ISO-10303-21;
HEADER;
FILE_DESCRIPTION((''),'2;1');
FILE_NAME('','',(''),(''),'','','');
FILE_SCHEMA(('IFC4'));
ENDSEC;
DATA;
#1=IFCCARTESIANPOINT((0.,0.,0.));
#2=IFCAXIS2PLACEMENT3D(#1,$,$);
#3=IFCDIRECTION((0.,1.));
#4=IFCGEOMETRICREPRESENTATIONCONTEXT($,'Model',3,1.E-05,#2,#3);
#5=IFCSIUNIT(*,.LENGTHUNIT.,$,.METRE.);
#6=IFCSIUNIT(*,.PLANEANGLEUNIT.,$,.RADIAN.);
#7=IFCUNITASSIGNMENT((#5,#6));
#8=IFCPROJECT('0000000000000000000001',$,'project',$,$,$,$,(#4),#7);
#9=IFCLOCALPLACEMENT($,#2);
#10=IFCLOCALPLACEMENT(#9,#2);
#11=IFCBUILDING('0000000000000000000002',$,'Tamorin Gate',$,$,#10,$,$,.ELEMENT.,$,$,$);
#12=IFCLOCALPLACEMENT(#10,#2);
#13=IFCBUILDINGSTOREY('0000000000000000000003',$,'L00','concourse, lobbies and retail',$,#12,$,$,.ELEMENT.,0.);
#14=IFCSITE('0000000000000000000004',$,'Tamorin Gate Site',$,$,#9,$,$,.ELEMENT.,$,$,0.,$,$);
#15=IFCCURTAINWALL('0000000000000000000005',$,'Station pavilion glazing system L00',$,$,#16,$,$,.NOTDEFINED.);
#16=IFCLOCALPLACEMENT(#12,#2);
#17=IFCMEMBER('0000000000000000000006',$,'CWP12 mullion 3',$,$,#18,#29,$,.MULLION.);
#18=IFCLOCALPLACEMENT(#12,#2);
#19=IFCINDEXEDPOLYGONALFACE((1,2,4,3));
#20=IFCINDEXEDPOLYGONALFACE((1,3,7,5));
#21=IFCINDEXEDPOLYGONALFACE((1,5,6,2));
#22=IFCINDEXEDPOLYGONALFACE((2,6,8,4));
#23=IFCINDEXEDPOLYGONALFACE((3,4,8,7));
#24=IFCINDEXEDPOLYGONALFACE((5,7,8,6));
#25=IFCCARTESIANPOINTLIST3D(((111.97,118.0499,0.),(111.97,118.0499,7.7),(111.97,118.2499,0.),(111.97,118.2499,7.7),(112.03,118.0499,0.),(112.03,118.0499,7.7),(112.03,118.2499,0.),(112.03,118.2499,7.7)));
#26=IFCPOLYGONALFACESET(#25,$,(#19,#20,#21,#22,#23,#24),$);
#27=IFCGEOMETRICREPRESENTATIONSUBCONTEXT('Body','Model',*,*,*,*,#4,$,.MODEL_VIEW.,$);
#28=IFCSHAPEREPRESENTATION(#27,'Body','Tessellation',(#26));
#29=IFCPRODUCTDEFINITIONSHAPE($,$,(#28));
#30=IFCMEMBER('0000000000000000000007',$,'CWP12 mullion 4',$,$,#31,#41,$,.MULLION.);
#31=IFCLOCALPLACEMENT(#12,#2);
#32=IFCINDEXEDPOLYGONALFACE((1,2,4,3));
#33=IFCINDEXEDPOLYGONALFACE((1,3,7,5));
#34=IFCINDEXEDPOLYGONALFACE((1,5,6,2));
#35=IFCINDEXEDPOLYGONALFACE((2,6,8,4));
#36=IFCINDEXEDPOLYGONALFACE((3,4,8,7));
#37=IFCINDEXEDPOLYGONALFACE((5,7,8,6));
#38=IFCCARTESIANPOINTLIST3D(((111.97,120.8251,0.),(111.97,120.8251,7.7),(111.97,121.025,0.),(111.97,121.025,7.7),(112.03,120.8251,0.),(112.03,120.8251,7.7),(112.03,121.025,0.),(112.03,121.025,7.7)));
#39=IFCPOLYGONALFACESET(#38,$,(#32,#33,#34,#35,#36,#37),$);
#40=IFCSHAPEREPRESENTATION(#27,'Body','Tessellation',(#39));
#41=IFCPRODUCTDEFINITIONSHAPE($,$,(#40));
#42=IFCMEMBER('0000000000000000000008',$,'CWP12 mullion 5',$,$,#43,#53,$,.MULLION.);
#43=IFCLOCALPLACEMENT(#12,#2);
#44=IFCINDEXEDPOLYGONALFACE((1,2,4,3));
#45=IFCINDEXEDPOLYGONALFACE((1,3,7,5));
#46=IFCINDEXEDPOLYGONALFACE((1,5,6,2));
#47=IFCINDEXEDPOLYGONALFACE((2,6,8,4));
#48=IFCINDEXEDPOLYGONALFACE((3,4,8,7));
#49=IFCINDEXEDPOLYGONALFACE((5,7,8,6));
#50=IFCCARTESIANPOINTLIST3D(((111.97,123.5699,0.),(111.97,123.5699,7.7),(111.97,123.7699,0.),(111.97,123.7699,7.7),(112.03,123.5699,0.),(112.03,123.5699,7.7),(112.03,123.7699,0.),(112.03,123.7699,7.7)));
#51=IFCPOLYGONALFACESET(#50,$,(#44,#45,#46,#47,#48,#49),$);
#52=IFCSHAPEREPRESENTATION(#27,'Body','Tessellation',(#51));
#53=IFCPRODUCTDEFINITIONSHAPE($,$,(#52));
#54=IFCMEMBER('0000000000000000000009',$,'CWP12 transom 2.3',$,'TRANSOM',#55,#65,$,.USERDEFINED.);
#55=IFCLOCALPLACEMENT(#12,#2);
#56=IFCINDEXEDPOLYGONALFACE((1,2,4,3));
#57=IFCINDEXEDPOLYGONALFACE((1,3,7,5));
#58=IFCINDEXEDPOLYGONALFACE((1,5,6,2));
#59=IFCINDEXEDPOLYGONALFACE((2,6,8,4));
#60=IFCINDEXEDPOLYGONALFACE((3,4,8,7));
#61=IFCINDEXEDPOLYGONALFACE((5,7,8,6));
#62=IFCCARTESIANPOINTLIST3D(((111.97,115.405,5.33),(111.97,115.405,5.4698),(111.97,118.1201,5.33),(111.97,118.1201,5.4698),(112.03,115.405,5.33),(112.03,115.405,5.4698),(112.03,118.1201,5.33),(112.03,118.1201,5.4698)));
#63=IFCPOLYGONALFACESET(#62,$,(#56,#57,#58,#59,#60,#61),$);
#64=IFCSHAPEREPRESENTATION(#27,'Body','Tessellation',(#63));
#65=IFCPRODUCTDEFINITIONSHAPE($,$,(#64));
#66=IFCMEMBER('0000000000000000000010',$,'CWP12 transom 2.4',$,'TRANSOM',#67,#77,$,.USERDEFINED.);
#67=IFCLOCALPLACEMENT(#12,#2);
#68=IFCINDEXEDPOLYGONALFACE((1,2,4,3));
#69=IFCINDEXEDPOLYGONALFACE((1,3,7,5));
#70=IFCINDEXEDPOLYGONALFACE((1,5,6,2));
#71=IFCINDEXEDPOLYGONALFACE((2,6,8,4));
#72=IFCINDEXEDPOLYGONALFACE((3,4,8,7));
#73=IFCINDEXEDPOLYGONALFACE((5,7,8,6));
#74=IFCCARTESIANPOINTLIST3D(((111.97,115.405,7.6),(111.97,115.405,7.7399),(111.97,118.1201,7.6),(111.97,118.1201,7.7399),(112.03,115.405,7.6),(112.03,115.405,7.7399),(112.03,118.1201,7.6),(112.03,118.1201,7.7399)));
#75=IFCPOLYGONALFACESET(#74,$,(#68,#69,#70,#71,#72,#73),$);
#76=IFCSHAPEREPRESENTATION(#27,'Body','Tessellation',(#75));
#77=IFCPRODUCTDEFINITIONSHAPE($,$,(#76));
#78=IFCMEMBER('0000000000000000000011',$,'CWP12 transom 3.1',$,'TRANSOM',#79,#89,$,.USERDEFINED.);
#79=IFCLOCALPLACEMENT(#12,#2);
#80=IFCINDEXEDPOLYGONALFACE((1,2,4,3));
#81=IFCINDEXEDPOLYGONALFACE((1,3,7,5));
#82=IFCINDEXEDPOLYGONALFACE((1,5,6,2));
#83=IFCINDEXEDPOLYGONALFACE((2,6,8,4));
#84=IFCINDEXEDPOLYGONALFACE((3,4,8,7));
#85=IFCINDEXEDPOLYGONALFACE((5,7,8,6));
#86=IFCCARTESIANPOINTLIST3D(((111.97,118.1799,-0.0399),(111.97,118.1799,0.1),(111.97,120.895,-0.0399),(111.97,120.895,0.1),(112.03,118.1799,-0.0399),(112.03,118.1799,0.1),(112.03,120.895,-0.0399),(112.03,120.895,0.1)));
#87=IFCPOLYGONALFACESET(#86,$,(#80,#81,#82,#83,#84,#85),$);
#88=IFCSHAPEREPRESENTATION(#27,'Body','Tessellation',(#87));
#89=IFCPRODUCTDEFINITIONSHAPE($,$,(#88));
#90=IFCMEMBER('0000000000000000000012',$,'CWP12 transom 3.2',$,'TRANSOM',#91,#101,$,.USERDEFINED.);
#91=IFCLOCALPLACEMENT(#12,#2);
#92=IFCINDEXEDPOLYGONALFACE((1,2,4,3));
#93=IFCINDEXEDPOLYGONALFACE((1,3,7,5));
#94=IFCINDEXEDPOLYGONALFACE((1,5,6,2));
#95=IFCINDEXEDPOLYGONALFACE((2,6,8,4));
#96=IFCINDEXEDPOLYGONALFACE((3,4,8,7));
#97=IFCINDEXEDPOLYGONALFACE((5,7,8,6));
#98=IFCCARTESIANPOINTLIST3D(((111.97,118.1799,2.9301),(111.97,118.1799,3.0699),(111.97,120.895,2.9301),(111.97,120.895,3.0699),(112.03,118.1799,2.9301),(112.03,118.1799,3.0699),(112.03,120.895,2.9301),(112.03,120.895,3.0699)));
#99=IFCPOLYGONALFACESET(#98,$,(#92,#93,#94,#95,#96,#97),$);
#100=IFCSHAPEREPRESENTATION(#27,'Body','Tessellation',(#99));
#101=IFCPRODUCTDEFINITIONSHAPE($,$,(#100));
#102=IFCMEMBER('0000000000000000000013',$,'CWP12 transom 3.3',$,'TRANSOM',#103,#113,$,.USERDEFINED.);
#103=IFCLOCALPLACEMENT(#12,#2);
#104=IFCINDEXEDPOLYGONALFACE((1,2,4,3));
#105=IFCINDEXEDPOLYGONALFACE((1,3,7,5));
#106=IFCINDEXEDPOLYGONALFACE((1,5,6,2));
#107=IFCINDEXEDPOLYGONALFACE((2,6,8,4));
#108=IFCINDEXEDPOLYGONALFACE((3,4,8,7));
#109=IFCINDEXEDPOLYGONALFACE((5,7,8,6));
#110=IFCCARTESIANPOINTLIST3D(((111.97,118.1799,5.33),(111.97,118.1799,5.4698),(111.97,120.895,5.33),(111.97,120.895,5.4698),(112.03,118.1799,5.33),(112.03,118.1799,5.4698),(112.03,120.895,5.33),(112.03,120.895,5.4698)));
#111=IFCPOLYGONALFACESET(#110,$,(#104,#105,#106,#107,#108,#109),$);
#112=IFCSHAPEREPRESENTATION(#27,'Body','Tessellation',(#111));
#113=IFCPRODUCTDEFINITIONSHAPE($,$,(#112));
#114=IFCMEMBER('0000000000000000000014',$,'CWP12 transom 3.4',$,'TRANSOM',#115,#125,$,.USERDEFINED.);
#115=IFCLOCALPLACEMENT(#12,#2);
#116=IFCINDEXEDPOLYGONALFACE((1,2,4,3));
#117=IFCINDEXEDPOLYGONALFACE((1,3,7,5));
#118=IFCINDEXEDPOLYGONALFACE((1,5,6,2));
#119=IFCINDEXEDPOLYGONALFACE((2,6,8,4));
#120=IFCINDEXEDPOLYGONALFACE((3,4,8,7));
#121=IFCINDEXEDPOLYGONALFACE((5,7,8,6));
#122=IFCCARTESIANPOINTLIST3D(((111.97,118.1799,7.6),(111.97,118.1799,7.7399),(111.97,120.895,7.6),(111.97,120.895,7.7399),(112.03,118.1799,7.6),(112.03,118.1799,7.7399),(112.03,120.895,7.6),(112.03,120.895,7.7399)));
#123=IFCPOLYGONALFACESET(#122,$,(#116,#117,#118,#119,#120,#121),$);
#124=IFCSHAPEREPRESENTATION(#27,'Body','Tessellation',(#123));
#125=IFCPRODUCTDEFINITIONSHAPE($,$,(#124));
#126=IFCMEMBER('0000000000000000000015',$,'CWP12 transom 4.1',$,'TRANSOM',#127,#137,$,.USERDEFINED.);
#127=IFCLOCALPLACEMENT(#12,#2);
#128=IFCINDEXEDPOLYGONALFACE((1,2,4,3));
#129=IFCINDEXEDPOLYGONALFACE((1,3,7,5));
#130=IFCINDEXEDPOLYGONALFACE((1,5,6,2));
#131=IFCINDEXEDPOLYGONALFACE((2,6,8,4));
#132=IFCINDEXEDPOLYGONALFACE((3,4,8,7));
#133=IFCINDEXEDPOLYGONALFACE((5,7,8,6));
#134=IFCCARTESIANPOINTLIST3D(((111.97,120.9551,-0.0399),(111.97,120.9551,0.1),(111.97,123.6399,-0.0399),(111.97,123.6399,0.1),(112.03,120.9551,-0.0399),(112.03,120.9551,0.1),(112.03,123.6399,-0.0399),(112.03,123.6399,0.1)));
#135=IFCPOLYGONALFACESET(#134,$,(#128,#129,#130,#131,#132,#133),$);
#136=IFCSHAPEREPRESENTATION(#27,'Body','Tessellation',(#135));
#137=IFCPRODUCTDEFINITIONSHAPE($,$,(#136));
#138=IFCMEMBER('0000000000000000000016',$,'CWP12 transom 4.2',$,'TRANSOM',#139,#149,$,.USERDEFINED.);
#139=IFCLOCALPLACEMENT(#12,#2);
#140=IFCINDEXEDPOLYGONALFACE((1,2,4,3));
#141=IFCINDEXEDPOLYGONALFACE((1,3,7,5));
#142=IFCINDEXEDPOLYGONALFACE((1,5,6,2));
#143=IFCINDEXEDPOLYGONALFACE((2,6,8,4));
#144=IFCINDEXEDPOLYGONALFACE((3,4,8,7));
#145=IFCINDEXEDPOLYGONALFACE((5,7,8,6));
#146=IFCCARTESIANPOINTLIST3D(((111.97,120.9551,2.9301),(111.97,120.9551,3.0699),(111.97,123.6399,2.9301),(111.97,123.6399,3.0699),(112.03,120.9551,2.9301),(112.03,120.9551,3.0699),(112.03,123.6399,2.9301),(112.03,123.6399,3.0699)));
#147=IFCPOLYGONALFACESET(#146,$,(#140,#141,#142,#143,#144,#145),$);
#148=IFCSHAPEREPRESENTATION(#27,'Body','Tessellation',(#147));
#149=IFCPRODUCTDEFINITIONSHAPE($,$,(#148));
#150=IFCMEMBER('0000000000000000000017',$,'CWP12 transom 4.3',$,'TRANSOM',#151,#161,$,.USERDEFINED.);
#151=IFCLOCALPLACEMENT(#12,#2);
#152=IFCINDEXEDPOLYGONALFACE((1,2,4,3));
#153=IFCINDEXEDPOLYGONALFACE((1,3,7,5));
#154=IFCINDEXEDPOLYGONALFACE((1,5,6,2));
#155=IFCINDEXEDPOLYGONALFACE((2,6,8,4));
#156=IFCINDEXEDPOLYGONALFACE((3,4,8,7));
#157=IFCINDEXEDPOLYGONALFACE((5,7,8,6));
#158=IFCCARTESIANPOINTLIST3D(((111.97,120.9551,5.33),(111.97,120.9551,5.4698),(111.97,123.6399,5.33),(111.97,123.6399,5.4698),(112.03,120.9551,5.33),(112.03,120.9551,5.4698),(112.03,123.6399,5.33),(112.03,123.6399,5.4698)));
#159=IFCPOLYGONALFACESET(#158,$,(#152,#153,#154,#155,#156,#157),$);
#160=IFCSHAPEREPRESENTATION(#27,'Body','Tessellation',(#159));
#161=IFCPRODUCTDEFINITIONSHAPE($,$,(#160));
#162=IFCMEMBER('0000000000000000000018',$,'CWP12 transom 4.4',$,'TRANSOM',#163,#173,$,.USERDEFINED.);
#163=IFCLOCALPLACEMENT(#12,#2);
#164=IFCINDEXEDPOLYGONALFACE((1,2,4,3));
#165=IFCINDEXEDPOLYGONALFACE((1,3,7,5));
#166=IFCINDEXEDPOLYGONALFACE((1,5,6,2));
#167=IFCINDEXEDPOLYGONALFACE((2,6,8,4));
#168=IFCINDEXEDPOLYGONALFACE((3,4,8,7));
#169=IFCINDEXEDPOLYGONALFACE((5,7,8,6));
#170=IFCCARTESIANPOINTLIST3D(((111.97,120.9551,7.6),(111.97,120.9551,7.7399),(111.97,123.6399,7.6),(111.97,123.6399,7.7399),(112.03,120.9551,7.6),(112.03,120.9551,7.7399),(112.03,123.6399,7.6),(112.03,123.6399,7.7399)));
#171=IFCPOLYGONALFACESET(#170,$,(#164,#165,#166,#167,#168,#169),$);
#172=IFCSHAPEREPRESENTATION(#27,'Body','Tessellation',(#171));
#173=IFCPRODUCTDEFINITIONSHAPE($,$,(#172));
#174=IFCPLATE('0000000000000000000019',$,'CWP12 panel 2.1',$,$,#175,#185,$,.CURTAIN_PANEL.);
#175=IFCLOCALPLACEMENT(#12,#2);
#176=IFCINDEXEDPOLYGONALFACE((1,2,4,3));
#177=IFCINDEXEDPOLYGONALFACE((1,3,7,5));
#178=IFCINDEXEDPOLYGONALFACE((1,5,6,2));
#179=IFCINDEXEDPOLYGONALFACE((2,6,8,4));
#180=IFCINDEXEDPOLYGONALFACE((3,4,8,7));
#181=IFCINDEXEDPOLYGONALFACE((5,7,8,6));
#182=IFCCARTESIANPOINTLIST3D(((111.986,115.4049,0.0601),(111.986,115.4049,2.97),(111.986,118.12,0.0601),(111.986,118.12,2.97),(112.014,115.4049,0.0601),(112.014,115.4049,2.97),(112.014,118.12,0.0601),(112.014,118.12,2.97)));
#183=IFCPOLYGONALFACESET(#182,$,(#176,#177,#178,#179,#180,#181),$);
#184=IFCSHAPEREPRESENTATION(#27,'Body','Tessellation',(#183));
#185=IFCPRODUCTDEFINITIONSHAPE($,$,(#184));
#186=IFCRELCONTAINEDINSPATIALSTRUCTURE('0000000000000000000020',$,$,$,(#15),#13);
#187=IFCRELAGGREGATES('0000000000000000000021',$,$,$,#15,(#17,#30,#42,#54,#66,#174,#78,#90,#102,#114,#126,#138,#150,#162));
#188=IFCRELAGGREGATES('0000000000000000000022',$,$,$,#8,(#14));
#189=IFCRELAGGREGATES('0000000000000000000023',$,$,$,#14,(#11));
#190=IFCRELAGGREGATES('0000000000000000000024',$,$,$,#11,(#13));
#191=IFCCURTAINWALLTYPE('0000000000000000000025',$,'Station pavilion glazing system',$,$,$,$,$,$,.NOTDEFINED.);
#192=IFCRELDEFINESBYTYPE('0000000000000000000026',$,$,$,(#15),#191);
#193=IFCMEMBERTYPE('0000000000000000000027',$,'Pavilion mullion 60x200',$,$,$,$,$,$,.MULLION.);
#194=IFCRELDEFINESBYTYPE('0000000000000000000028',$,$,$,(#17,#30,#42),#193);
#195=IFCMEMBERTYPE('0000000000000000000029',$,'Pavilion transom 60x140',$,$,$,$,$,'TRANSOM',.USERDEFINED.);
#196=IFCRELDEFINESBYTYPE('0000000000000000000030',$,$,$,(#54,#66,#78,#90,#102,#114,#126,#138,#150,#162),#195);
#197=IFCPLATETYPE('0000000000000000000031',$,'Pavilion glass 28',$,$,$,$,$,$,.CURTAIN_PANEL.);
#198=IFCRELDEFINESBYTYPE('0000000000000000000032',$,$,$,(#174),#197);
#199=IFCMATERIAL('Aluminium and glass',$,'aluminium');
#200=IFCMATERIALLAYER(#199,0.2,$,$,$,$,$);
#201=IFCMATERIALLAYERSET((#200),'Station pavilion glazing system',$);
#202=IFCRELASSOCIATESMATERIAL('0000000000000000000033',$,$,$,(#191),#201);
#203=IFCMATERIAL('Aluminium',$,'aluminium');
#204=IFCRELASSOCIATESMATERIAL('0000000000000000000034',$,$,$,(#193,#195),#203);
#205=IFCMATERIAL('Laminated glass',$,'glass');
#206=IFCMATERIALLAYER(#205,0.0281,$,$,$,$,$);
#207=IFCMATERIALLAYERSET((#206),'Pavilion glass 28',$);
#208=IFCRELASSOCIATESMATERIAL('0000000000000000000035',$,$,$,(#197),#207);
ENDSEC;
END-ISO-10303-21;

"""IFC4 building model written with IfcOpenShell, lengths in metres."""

from ifc_helpers import new_model, si_unit, direction, frame, origin, origin_2d, place, context, subcontext, project, spatial, rectangle, extrude, material, layer, layer_set, material_profile, profile_set, type_object, element, aggregate, save


model = new_model("IFC4")

# Units and contexts
model_context = context("Model", 3, precision=1e-05, world=origin(), true_north=direction((0.0, 1.0)))
body_context = subcontext(model_context, "Body", "Model", "MODEL_VIEW")
ifc_project = project(units=[si_unit("LENGTHUNIT", "METRE"), si_unit("PLANEANGLEUNIT", "RADIAN")], contexts=[model_context])

# Site, building, storey
site_placement = place(None, origin())
site = spatial("IfcSite", under=ifc_project, at=site_placement, Name="Tamorin Gate Site", CompositionType="ELEMENT", RefElevation=0.0)
building_placement = place(site_placement, origin())
building = spatial("IfcBuilding", under=site, at=building_placement, Name="Tamorin Gate", CompositionType="ELEMENT")
storey_placement = place(building_placement, origin())
storey = spatial("IfcBuildingStorey", under=building, at=storey_placement, Name="L00", Description="concourse, lobbies and retail", CompositionType="ELEMENT", Elevation=0.0)

# Curtain wall, members, plate
ifc_material_1 = material(Name="Aluminium and glass", Category="aluminium")
ifc_layer_1 = layer(ifc_material_1, 0.2)
ifc_layer_set_1 = layer_set([ifc_layer_1], Name="Station pavilion glazing system")
curtain_wall_type = type_object("IfcCurtainWallType", Name="Station pavilion glazing system", PredefinedType="NOTDEFINED", material=ifc_layer_set_1)
curtain_wall_placement = place(storey_placement, origin())
curtain_wall = element("IfcCurtainWall", 1, at=curtain_wall_placement, inside=storey, type_object=curtain_wall_type, Name="Station pavilion glazing system L00", PredefinedType="NOTDEFINED")
ifc_material_2 = material(Name="Aluminium", Category="aluminium")
ifc_material_profile_1 = material_profile(ifc_material_2, rectangle(XDim=0.0601, YDim=0.2, at=origin_2d()), Name="RECT 60x200")
ifc_profile_set_1 = profile_set([ifc_material_profile_1], Name="Aluminium")
member_type_1 = type_object("IfcMemberType", Name="Pavilion mullion 60x200", PredefinedType="MULLION", material=ifc_profile_set_1)
member_1_placement = place(storey_placement, frame((112.0, 118.1499, 0.0), z_axis=(0.0, 0.0, 1.0), x_axis=(-1.0, 0.0, 0.0)))
member_1 = element("IfcMember", 2, at=member_1_placement, type_object=member_type_1, Name="CWP12 mullion 3", PredefinedType="MULLION", context=body_context, shape_type="SweptSolid", body=[
    extrude(rectangle(XDim=0.0601, YDim=0.2, at=origin_2d()), origin(), (0.0, 0.0, 1.0), 7.7),
])
member_2_placement = place(storey_placement, frame((112.0, 120.925, 0.0), z_axis=(0.0, 0.0, 1.0), x_axis=(-1.0, 0.0, 0.0)))
member_2 = element("IfcMember", 3, at=member_2_placement, type_object=member_type_1, Name="CWP12 mullion 4", PredefinedType="MULLION", context=body_context, shape_type="SweptSolid", body=[
    extrude(rectangle(XDim=0.0601, YDim=0.2, at=origin_2d()), origin(), (0.0, 0.0, 1.0), 7.7),
])
member_3_placement = place(storey_placement, frame((112.0, 123.6699, 0.0), z_axis=(0.0, 0.0, 1.0), x_axis=(-1.0, 0.0, 0.0)))
member_3 = element("IfcMember", 4, at=member_3_placement, type_object=member_type_1, Name="CWP12 mullion 5", PredefinedType="MULLION", context=body_context, shape_type="SweptSolid", body=[
    extrude(rectangle(XDim=0.0601, YDim=0.2, at=origin_2d()), origin(), (0.0, 0.0, 1.0), 7.7),
])
ifc_material_profile_2 = material_profile(ifc_material_2, rectangle(XDim=0.0601, YDim=0.1399, at=origin_2d()), Name="RECT 60x140")
ifc_profile_set_2 = profile_set([ifc_material_profile_2], Name="Aluminium")
member_type_2 = type_object("IfcMemberType", Name="Pavilion transom 60x140", ElementType="TRANSOM", PredefinedType="USERDEFINED", material=ifc_profile_set_2)
member_4_placement = place(storey_placement, frame((112.0, 115.405, 5.3999), z_axis=(0.0, 1.0, 0.0), x_axis=(-1.0, 0.0, 0.0)))
member_4 = element("IfcMember", 5, at=member_4_placement, type_object=member_type_2, Name="CWP12 transom 2.3", ObjectType="TRANSOM", PredefinedType="USERDEFINED", context=body_context, shape_type="SweptSolid", body=[
    extrude(rectangle(XDim=0.0601, YDim=0.1399, at=origin_2d()), origin(), (0.0, 0.0, 1.0), 2.7151),
])
member_5_placement = place(storey_placement, frame((112.0, 115.405, 7.6699), z_axis=(0.0, 1.0, 0.0), x_axis=(-1.0, 0.0, 0.0)))
member_5 = element("IfcMember", 6, at=member_5_placement, type_object=member_type_2, Name="CWP12 transom 2.4", ObjectType="TRANSOM", PredefinedType="USERDEFINED", context=body_context, shape_type="SweptSolid", body=[
    extrude(rectangle(XDim=0.0601, YDim=0.1399, at=origin_2d()), origin(), (0.0, 0.0, 1.0), 2.7151),
])
member_6_placement = place(storey_placement, frame((112.0, 118.1799, 0.03), z_axis=(0.0, 1.0, 0.0), x_axis=(-1.0, 0.0, 0.0)))
member_6 = element("IfcMember", 7, at=member_6_placement, type_object=member_type_2, Name="CWP12 transom 3.1", ObjectType="TRANSOM", PredefinedType="USERDEFINED", context=body_context, shape_type="SweptSolid", body=[
    extrude(rectangle(XDim=0.0601, YDim=0.1399, at=origin_2d()), origin(), (0.0, 0.0, 1.0), 2.7151),
])
member_7_placement = place(storey_placement, frame((112.0, 118.1799, 3.0), z_axis=(0.0, 1.0, 0.0), x_axis=(-1.0, 0.0, 0.0)))
member_7 = element("IfcMember", 8, at=member_7_placement, type_object=member_type_2, Name="CWP12 transom 3.2", ObjectType="TRANSOM", PredefinedType="USERDEFINED", context=body_context, shape_type="SweptSolid", body=[
    extrude(rectangle(XDim=0.0601, YDim=0.1399, at=origin_2d()), origin(), (0.0, 0.0, 1.0), 2.7151),
])
member_8_placement = place(storey_placement, frame((112.0, 118.1799, 5.3999), z_axis=(0.0, 1.0, 0.0), x_axis=(-1.0, 0.0, 0.0)))
member_8 = element("IfcMember", 9, at=member_8_placement, type_object=member_type_2, Name="CWP12 transom 3.3", ObjectType="TRANSOM", PredefinedType="USERDEFINED", context=body_context, shape_type="SweptSolid", body=[
    extrude(rectangle(XDim=0.0601, YDim=0.1399, at=origin_2d()), origin(), (0.0, 0.0, 1.0), 2.7151),
])
member_9_placement = place(storey_placement, frame((112.0, 118.1799, 7.6699), z_axis=(0.0, 1.0, 0.0), x_axis=(-1.0, 0.0, 0.0)))
member_9 = element("IfcMember", 10, at=member_9_placement, type_object=member_type_2, Name="CWP12 transom 3.4", ObjectType="TRANSOM", PredefinedType="USERDEFINED", context=body_context, shape_type="SweptSolid", body=[
    extrude(rectangle(XDim=0.0601, YDim=0.1399, at=origin_2d()), origin(), (0.0, 0.0, 1.0), 2.7151),
])
member_10_placement = place(storey_placement, frame((112.0, 120.9551, 0.03), z_axis=(0.0, 1.0, 0.0), x_axis=(-1.0, 0.0, 0.0)))
member_10 = element("IfcMember", 11, at=member_10_placement, type_object=member_type_2, Name="CWP12 transom 4.1", ObjectType="TRANSOM", PredefinedType="USERDEFINED", context=body_context, shape_type="SweptSolid", body=[
    extrude(rectangle(XDim=0.0601, YDim=0.1399, at=origin_2d()), origin(), (0.0, 0.0, 1.0), 2.6848),
])
member_11_placement = place(storey_placement, frame((112.0, 120.9551, 3.0), z_axis=(0.0, 1.0, 0.0), x_axis=(-1.0, 0.0, 0.0)))
member_11 = element("IfcMember", 12, at=member_11_placement, type_object=member_type_2, Name="CWP12 transom 4.2", ObjectType="TRANSOM", PredefinedType="USERDEFINED", context=body_context, shape_type="SweptSolid", body=[
    extrude(rectangle(XDim=0.0601, YDim=0.1399, at=origin_2d()), origin(), (0.0, 0.0, 1.0), 2.6848),
])
member_12_placement = place(storey_placement, frame((112.0, 120.9551, 5.3999), z_axis=(0.0, 1.0, 0.0), x_axis=(-1.0, 0.0, 0.0)))
member_12 = element("IfcMember", 13, at=member_12_placement, type_object=member_type_2, Name="CWP12 transom 4.3", ObjectType="TRANSOM", PredefinedType="USERDEFINED", context=body_context, shape_type="SweptSolid", body=[
    extrude(rectangle(XDim=0.0601, YDim=0.1399, at=origin_2d()), origin(), (0.0, 0.0, 1.0), 2.6848),
])
member_13_placement = place(storey_placement, frame((112.0, 120.9551, 7.6699), z_axis=(0.0, 1.0, 0.0), x_axis=(-1.0, 0.0, 0.0)))
member_13 = element("IfcMember", 14, at=member_13_placement, type_object=member_type_2, Name="CWP12 transom 4.4", ObjectType="TRANSOM", PredefinedType="USERDEFINED", context=body_context, shape_type="SweptSolid", body=[
    extrude(rectangle(XDim=0.0601, YDim=0.1399, at=origin_2d()), origin(), (0.0, 0.0, 1.0), 2.6848),
])
ifc_material_3 = material(Name="Laminated glass", Category="glass")
ifc_layer_2 = layer(ifc_material_3, 0.0281)
ifc_layer_set_2 = layer_set([ifc_layer_2], Name="Pavilion glass 28")
plate_type = type_object("IfcPlateType", Name="Pavilion glass 28", PredefinedType="CURTAIN_PANEL", material=ifc_layer_set_2)
plate_1_placement = place(storey_placement, frame((112.0, 116.7625, 0.0601), z_axis=(0.0, 0.0, 1.0), x_axis=(0.0, 1.0, 0.0)))
plate_1 = element("IfcPlate", 15, at=plate_1_placement, type_object=plate_type, Name="CWP12 panel 2.1", PredefinedType="CURTAIN_PANEL", context=body_context, shape_type="SweptSolid", body=[
    extrude(rectangle(XDim=2.7151, YDim=0.0281, at=origin_2d()), origin(), (0.0, 0.0, 1.0), 2.9099),
])
aggregate(curtain_wall, [member_1, member_2, member_3, member_4, member_5, plate_1, member_6, member_7, member_8, member_9, member_10, member_11, member_12, member_13])

save(model, "model.ifc")
